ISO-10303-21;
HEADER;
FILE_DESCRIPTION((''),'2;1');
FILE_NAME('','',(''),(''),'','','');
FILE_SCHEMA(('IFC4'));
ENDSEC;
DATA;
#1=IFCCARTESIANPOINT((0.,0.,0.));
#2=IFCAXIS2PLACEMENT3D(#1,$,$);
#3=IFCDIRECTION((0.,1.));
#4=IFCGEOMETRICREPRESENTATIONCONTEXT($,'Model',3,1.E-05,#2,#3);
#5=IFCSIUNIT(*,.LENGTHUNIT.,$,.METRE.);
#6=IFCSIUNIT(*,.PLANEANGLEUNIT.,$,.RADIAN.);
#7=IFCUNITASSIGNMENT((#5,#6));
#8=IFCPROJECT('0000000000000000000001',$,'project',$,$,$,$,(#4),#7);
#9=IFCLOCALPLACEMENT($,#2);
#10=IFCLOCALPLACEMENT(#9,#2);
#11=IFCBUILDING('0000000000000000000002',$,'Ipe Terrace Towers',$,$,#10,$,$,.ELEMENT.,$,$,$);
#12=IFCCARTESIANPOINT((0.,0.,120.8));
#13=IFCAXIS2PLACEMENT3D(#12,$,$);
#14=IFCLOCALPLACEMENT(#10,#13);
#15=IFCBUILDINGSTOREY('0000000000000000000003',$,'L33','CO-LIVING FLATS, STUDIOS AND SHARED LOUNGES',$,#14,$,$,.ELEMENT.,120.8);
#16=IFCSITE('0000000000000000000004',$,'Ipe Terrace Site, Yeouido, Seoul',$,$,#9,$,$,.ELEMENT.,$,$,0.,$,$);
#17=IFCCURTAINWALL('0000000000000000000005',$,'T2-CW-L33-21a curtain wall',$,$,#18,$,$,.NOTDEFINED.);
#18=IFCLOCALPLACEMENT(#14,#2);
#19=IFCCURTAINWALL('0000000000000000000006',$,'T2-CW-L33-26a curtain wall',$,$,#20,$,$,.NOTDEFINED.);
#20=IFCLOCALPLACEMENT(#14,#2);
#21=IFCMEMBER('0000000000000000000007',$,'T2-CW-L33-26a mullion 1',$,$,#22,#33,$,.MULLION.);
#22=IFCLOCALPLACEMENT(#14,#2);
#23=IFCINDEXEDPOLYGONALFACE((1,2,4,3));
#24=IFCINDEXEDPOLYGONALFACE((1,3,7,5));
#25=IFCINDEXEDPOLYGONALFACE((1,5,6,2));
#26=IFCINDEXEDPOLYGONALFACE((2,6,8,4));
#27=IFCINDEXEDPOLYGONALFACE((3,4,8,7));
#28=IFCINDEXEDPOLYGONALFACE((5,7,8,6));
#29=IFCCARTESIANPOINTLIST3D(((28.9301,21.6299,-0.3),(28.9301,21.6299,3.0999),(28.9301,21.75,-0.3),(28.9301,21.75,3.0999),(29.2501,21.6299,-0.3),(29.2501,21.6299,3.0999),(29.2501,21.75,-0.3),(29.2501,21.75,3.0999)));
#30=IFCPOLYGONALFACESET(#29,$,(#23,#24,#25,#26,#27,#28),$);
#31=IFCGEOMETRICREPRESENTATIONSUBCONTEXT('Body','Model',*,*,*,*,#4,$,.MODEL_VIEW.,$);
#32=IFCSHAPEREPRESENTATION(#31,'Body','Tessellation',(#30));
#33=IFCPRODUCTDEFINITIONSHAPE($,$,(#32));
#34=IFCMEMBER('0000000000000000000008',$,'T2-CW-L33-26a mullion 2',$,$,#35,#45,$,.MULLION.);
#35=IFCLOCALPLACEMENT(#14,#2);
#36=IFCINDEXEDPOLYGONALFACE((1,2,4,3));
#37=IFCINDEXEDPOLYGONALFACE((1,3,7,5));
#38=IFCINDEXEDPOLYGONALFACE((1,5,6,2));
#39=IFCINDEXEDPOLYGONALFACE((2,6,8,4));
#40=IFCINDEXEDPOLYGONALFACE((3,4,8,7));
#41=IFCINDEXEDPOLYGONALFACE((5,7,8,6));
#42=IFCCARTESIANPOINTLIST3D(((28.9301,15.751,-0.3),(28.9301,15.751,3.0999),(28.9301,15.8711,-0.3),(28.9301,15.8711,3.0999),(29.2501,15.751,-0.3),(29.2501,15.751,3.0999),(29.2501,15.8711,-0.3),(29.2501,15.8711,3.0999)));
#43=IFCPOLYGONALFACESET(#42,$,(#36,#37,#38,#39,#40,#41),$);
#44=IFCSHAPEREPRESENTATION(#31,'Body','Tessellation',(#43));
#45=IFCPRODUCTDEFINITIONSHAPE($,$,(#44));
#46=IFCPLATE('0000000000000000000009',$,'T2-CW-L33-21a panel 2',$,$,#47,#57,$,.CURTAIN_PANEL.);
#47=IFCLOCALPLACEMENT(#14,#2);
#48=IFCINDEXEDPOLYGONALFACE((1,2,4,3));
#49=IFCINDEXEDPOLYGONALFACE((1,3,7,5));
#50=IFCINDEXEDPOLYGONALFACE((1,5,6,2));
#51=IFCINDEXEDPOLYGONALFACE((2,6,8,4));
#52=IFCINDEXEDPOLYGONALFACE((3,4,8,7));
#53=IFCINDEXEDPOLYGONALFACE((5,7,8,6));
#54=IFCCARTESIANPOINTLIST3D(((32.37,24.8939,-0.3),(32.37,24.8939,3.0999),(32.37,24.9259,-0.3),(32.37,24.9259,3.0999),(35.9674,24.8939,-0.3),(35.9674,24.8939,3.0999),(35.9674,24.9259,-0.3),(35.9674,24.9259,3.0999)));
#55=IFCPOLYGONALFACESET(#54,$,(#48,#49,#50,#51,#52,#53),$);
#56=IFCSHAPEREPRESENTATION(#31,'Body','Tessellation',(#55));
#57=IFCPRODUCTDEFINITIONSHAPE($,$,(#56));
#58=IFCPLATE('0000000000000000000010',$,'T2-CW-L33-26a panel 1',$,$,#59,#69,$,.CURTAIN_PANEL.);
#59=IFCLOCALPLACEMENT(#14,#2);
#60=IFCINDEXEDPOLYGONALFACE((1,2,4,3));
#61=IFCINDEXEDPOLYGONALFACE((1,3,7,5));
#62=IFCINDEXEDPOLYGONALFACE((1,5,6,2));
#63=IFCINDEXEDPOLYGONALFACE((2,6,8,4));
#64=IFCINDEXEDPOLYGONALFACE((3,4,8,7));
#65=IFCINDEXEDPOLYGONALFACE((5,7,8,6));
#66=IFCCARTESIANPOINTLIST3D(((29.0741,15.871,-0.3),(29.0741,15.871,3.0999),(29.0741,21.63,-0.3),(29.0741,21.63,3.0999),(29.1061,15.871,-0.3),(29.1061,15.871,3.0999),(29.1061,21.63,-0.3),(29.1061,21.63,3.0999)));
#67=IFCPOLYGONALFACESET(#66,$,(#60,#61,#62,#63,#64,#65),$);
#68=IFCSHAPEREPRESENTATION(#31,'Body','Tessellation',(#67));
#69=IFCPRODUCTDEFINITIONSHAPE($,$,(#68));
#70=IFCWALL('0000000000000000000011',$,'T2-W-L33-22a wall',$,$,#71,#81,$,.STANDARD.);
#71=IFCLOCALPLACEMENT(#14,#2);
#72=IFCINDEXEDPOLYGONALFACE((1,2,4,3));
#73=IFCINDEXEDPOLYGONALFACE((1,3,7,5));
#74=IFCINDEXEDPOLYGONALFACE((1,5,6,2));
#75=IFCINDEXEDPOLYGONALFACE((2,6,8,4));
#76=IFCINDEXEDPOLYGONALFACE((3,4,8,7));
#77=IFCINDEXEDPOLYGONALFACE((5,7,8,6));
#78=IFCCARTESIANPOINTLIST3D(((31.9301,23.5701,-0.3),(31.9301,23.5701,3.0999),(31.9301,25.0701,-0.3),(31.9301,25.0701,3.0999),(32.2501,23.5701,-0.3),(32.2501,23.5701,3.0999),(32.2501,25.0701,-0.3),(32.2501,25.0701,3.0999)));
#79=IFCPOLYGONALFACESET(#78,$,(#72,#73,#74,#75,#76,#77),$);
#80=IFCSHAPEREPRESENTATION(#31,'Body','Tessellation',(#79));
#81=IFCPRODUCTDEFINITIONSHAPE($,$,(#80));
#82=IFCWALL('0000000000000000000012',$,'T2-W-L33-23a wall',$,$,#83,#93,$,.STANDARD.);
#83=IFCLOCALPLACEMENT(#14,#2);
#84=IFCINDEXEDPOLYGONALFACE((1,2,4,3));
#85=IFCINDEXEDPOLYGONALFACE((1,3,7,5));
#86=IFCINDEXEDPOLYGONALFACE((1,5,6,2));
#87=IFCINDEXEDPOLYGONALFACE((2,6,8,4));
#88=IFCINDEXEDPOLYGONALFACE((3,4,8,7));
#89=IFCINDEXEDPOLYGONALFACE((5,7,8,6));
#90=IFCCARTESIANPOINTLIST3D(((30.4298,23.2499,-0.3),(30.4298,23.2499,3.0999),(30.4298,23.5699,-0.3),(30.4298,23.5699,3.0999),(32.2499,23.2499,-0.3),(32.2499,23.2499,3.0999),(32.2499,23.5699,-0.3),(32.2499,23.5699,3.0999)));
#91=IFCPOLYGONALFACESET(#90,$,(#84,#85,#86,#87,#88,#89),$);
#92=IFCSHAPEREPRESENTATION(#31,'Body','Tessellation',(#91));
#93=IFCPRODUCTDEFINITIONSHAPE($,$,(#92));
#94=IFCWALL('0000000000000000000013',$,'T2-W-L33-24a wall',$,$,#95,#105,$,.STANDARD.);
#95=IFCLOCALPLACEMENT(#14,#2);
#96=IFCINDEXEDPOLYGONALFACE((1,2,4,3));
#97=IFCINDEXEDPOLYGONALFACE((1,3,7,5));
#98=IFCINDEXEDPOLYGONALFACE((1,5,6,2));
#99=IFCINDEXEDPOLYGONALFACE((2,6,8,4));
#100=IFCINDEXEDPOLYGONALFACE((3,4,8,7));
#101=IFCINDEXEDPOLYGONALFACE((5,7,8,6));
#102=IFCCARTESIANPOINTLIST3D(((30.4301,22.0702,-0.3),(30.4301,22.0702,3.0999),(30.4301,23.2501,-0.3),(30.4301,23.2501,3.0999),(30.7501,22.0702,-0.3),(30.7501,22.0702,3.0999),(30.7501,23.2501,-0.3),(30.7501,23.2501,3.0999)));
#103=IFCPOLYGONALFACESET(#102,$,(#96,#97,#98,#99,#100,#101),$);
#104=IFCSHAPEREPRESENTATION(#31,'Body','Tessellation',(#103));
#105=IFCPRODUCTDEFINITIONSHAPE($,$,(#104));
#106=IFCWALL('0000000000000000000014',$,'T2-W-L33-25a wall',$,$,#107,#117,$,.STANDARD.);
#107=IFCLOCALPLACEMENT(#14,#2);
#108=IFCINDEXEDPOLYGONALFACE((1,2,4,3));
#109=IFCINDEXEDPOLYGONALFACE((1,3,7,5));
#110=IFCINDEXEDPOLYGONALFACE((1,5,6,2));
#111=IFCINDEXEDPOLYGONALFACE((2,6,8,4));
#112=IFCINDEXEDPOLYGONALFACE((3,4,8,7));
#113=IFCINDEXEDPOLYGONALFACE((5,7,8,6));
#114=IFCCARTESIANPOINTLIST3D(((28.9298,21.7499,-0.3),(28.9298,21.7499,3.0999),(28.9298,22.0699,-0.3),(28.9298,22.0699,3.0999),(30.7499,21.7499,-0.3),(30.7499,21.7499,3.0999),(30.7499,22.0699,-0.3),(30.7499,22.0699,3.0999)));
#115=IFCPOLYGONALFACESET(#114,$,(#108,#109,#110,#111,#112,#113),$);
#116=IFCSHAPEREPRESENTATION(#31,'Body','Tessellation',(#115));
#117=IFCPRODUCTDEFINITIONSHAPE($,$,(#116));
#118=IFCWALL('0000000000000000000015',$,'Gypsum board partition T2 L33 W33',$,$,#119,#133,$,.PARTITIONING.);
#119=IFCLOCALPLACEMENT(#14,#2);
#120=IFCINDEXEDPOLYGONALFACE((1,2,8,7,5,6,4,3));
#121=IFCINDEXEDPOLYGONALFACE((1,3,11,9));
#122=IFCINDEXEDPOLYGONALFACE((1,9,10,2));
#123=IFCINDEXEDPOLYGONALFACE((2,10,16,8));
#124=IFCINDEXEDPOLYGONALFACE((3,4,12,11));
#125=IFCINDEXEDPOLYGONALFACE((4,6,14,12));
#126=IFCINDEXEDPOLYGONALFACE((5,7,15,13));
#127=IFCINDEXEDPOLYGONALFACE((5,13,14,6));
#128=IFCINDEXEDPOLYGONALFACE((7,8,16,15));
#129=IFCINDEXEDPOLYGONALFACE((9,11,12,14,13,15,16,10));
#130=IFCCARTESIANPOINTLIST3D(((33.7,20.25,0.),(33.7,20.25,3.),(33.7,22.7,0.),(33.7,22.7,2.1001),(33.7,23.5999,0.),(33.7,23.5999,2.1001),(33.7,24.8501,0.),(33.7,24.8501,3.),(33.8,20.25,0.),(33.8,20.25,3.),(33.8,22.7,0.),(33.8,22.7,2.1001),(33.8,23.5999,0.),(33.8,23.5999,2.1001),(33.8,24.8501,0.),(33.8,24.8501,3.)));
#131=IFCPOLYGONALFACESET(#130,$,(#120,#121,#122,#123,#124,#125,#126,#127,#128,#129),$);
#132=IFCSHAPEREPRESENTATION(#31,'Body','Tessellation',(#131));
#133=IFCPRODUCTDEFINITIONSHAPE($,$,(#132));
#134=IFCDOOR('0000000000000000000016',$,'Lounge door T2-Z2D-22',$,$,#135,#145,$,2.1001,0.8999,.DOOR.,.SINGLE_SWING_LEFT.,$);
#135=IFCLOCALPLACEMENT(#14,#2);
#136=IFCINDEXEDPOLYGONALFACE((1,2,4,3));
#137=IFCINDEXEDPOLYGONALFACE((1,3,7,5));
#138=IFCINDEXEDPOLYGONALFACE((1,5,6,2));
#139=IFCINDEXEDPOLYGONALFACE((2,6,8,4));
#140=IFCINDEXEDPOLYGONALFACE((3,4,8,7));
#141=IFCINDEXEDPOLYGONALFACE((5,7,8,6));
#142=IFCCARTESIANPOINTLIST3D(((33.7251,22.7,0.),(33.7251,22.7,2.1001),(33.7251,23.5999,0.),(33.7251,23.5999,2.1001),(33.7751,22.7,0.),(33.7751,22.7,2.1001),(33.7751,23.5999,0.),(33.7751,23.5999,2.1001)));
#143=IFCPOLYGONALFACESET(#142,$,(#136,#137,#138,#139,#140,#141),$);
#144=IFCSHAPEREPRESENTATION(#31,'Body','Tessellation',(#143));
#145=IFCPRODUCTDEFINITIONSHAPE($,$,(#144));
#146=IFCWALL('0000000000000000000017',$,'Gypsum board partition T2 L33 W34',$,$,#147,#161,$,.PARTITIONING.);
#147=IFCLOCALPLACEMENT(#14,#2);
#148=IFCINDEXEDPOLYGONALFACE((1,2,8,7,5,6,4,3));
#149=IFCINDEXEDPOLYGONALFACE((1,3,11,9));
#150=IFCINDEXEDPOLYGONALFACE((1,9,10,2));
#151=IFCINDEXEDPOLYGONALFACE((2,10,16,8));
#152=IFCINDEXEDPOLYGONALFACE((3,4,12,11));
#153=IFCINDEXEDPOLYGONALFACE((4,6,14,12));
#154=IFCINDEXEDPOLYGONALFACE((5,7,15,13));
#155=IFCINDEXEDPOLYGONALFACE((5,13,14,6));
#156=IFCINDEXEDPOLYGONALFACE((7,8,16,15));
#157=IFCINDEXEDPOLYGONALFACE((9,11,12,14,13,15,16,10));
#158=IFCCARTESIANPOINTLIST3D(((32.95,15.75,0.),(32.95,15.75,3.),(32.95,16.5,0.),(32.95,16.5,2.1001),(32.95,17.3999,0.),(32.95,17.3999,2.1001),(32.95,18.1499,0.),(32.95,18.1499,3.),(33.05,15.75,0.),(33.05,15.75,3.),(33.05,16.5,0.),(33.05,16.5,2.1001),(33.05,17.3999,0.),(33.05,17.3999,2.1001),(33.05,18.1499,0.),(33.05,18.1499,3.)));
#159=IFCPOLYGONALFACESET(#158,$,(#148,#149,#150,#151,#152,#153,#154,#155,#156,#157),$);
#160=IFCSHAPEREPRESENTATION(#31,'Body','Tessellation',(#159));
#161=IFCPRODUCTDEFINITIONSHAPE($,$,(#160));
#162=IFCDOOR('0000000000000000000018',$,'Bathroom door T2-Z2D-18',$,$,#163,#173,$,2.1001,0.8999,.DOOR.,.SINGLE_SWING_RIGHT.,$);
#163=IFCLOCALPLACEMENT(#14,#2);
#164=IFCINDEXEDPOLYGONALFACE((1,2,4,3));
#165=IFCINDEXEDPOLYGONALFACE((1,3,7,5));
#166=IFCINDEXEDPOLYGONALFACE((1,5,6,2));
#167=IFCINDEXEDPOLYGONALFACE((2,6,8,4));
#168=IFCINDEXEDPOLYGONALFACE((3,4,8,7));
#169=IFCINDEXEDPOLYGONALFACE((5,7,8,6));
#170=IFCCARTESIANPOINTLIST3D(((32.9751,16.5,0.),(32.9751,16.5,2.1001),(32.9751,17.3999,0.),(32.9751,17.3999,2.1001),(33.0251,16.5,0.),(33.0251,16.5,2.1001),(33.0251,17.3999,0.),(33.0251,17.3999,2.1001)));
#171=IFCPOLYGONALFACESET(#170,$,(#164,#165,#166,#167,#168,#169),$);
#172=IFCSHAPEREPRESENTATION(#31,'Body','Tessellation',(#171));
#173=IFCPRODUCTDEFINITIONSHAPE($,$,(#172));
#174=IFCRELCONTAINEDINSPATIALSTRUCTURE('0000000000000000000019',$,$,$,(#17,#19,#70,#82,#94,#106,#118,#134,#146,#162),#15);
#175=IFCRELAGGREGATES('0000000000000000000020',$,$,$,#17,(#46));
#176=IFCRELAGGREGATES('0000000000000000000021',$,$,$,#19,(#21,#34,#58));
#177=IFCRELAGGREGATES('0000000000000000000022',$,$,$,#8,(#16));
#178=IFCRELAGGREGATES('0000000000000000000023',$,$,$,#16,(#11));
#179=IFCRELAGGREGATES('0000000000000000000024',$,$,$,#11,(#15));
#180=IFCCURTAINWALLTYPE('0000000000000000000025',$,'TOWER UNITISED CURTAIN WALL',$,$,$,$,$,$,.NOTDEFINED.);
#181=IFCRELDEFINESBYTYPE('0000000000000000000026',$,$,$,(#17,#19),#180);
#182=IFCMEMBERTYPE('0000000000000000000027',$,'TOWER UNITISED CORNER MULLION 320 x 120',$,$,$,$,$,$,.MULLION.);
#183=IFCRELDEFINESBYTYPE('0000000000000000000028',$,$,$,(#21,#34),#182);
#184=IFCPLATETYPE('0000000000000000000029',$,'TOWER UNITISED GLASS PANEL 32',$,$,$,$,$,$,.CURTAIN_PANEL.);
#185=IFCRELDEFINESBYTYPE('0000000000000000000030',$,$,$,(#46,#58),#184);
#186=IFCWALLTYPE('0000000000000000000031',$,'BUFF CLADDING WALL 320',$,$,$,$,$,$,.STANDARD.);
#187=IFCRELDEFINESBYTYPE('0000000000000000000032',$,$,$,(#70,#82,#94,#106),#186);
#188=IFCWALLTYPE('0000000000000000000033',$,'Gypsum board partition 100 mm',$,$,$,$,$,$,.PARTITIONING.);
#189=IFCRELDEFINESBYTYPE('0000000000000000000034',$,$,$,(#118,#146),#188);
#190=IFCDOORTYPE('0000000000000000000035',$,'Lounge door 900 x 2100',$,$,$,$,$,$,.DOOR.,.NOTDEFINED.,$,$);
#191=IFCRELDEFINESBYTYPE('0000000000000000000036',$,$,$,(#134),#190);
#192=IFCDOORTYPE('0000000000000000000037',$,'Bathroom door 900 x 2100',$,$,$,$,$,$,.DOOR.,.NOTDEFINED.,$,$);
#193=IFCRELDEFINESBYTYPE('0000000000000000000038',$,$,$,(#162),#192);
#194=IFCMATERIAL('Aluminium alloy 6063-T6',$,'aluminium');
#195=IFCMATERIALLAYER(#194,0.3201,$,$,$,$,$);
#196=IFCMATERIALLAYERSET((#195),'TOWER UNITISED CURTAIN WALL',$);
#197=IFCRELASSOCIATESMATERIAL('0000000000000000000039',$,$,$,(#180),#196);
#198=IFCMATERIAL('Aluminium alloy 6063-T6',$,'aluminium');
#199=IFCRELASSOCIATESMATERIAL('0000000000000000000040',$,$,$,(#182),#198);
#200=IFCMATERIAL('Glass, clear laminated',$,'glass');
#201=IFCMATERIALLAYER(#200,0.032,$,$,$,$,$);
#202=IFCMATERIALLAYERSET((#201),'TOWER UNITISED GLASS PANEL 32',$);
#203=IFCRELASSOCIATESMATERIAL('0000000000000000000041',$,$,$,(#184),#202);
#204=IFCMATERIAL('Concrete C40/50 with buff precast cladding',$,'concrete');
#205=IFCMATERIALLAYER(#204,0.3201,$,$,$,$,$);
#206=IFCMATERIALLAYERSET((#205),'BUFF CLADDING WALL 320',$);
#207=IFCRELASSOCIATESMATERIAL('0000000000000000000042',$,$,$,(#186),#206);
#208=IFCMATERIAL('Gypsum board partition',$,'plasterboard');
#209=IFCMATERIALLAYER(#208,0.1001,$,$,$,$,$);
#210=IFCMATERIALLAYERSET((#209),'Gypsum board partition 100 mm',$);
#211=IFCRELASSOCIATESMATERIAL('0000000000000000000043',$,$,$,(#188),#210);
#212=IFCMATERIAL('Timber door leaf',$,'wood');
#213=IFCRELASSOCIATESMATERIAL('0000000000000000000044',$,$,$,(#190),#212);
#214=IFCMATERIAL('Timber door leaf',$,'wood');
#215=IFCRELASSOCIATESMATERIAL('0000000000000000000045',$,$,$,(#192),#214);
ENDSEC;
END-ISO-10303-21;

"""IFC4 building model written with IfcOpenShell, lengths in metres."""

from ifc_helpers import new_model, si_unit, direction, frame, frame_2d, origin, origin_2d, place, context, subcontext, project, spatial, rectangle, extrude, material, layer, layer_set, material_profile, profile_set, type_object, element, fill, aggregate, save


model = new_model("IFC4")

# Units and contexts
model_context = context("Model", 3, precision=1e-05, world=origin(), true_north=direction((0.0, 1.0)))
body_context = subcontext(model_context, "Body", "Model", "MODEL_VIEW")
ifc_project = project(units=[si_unit("LENGTHUNIT", "METRE"), si_unit("PLANEANGLEUNIT", "RADIAN")], contexts=[model_context])

# Site, building, storey
site_placement = place(None, origin())
site = spatial("IfcSite", under=ifc_project, at=site_placement, Name="Ipe Terrace Site, Yeouido, Seoul", CompositionType="ELEMENT", RefElevation=0.0)
building_placement = place(site_placement, origin())
building = spatial("IfcBuilding", under=site, at=building_placement, Name="Ipe Terrace Towers", CompositionType="ELEMENT")
storey_placement = place(building_placement, frame((0.0, 0.0, 120.8)))
storey = spatial("IfcBuildingStorey", under=building, at=storey_placement, Name="L33", Description="CO-LIVING FLATS, STUDIOS AND SHARED LOUNGES", CompositionType="ELEMENT", Elevation=120.8)

# Curtain wall
ifc_material_1 = material(Name="Aluminium alloy 6063-T6", Category="aluminium")
ifc_layer_1 = layer(ifc_material_1, 0.3201)
ifc_layer_set_1 = layer_set([ifc_layer_1], Name="TOWER UNITISED CURTAIN WALL")
curtain_wall_type = type_object("IfcCurtainWallType", Name="TOWER UNITISED CURTAIN WALL", PredefinedType="NOTDEFINED", material=ifc_layer_set_1)
curtain_wall_1_placement = place(storey_placement, origin())
curtain_wall_1 = element("IfcCurtainWall", 1, at=curtain_wall_1_placement, inside=storey, type_object=curtain_wall_type, Name="T2-CW-L33-21a curtain wall", PredefinedType="NOTDEFINED")
ifc_material_2 = material(Name="Aluminium alloy 6063-T6", Category="aluminium")
ifc_material_profile_1 = material_profile(ifc_material_2, rectangle(XDim=0.3201, YDim=0.1201, at=origin_2d()), Name="TOWER UNITISED CORNER MULLION 320 x 120")
ifc_profile_set_1 = profile_set([ifc_material_profile_1], Name="Aluminium alloy 6063-T6")
member_type = type_object("IfcMemberType", Name="TOWER UNITISED CORNER MULLION 320 x 120", PredefinedType="MULLION", material=ifc_profile_set_1)

# Curtain wall, members
curtain_wall_2_placement = place(storey_placement, origin())
curtain_wall_2 = element("IfcCurtainWall", 2, at=curtain_wall_2_placement, inside=storey, type_object=curtain_wall_type, Name="T2-CW-L33-26a curtain wall", PredefinedType="NOTDEFINED")
member_1_placement = place(storey_placement, frame((29.0901, 21.6899, -0.3), z_axis=(0.0, 0.0, 1.0), x_axis=(-1.0, 0.0, 0.0)))
member_1 = element("IfcMember", 3, at=member_1_placement, type_object=member_type, Name="T2-CW-L33-26a mullion 1", PredefinedType="MULLION", context=body_context, shape_type="SweptSolid", body=[
    extrude(rectangle(XDim=0.3201, YDim=0.1201, at=origin_2d()), origin(), (0.0, 0.0, 1.0), 3.3999),
])
member_2_placement = place(storey_placement, frame((29.0901, 15.811, -0.3), z_axis=(0.0, 0.0, 1.0), x_axis=(-1.0, 0.0, 0.0)))
member_2 = element("IfcMember", 4, at=member_2_placement, type_object=member_type, Name="T2-CW-L33-26a mullion 2", PredefinedType="MULLION", context=body_context, shape_type="SweptSolid", body=[
    extrude(rectangle(XDim=0.3201, YDim=0.1201, at=origin_2d()), origin(), (0.0, 0.0, 1.0), 3.3999),
])

# Plates
ifc_material_3 = material(Name="Glass, clear laminated", Category="glass")
ifc_layer_2 = layer(ifc_material_3, 0.032)
ifc_layer_set_2 = layer_set([ifc_layer_2], Name="TOWER UNITISED GLASS PANEL 32")
plate_type = type_object("IfcPlateType", Name="TOWER UNITISED GLASS PANEL 32", PredefinedType="CURTAIN_PANEL", material=ifc_layer_set_2)
plate_1_placement = place(storey_placement, frame((34.1687, 24.9099, -0.3), z_axis=(0.0, 0.0, 1.0), x_axis=(-1.0, 0.0, 0.0)))
plate_1 = element("IfcPlate", 5, at=plate_1_placement, type_object=plate_type, Name="T2-CW-L33-21a panel 2", PredefinedType="CURTAIN_PANEL", context=body_context, shape_type="SweptSolid", body=[
    extrude(rectangle(XDim=3.5974, YDim=0.032, at=origin_2d()), origin(), (0.0, 0.0, 1.0), 3.3999),
])
aggregate(curtain_wall_1, [plate_1])
plate_2_placement = place(storey_placement, frame((29.0901, 18.7505, -0.3), z_axis=(0.0, 0.0, 1.0), x_axis=(0.0, -1.0, 0.0)))
plate_2 = element("IfcPlate", 6, at=plate_2_placement, type_object=plate_type, Name="T2-CW-L33-26a panel 1", PredefinedType="CURTAIN_PANEL", context=body_context, shape_type="SweptSolid", body=[
    extrude(rectangle(XDim=5.759, YDim=0.032, at=origin_2d()), origin(), (0.0, 0.0, 1.0), 3.3999),
])
aggregate(curtain_wall_2, [member_1, member_2, plate_2])

# Walls
ifc_material_4 = material(Name="Concrete C40/50 with buff precast cladding", Category="concrete")
ifc_layer_3 = layer(ifc_material_4, 0.3201)
ifc_layer_set_3 = layer_set([ifc_layer_3], Name="BUFF CLADDING WALL 320")
wall_type_1 = type_object("IfcWallType", Name="BUFF CLADDING WALL 320", PredefinedType="STANDARD", material=ifc_layer_set_3)
wall_1_placement = place(storey_placement, frame((32.0901, 25.0701, -0.3), z_axis=(0.0, 0.0, 1.0), x_axis=(0.0, -1.0, 0.0)))
element("IfcWall", 7, at=wall_1_placement, inside=storey, type_object=wall_type_1, Name="T2-W-L33-22a wall", PredefinedType="STANDARD", context=body_context, shape_type="SweptSolid", body=[
    extrude(rectangle(XDim=1.5, YDim=0.3201, at=frame_2d((0.75, 0.0))), origin(), (0.0, 0.0, 1.0), 3.3999),
])
wall_2_placement = place(storey_placement, frame((32.25, 23.4099, -0.3), z_axis=(0.0, 0.0, 1.0), x_axis=(-1.0, 0.0, 0.0)))
element("IfcWall", 8, at=wall_2_placement, inside=storey, type_object=wall_type_1, Name="T2-W-L33-23a wall", PredefinedType="STANDARD", context=body_context, shape_type="SweptSolid", body=[
    extrude(rectangle(XDim=1.8201, YDim=0.3201, at=frame_2d((0.9102, 0.0))), origin(), (0.0, 0.0, 1.0), 3.3999),
])
wall_3_placement = place(storey_placement, frame((30.5901, 23.25, -0.3), z_axis=(0.0, 0.0, 1.0), x_axis=(0.0, -1.0, 0.0)))
element("IfcWall", 9, at=wall_3_placement, inside=storey, type_object=wall_type_1, Name="T2-W-L33-24a wall", PredefinedType="STANDARD", context=body_context, shape_type="SweptSolid", body=[
    extrude(rectangle(XDim=1.1799, YDim=0.3201, at=frame_2d((0.5898, 0.0))), origin(), (0.0, 0.0, 1.0), 3.3999),
])
wall_4_placement = place(storey_placement, frame((30.75, 21.9099, -0.3), z_axis=(0.0, 0.0, 1.0), x_axis=(-1.0, 0.0, 0.0)))
element("IfcWall", 10, at=wall_4_placement, inside=storey, type_object=wall_type_1, Name="T2-W-L33-25a wall", PredefinedType="STANDARD", context=body_context, shape_type="SweptSolid", body=[
    extrude(rectangle(XDim=1.8201, YDim=0.3201, at=frame_2d((0.9102, 0.0))), origin(), (0.0, 0.0, 1.0), 3.3999),
])

# Walls, openings, doors
ifc_material_5 = material(Name="Gypsum board partition", Category="plasterboard")
ifc_layer_4 = layer(ifc_material_5, 0.1001)
ifc_layer_set_4 = layer_set([ifc_layer_4], Name="Gypsum board partition 100 mm")
wall_type_2 = type_object("IfcWallType", Name="Gypsum board partition 100 mm", PredefinedType="PARTITIONING", material=ifc_layer_set_4)
wall_5_placement = place(storey_placement, frame((33.75, 20.25, 0.0), z_axis=(0.0, 0.0, 1.0), x_axis=(0.0, 1.0, 0.0)))
wall_5 = element("IfcWall", 11, at=wall_5_placement, inside=storey, type_object=wall_type_2, Name="Gypsum board partition T2 L33 W33", PredefinedType="PARTITIONING", context=body_context, shape_type="SweptSolid", body=[
    extrude(rectangle(XDim=4.6001, YDim=0.1001, at=frame_2d((2.3, 0.0))), origin(), (0.0, 0.0, 1.0), 3.0),
])
opening_1_placement = place(wall_5_placement, frame((2.45, 0.0, 0.0)))
opening_1 = element("IfcOpeningElement", 12, at=opening_1_placement, cuts=wall_5, PredefinedType="OPENING", context=body_context, shape_type="SweptSolid", body=[
    extrude(rectangle(XDim=0.8999, YDim=2.1001, at=frame_2d((0.45, 1.05))), frame((0.0, 0.0601, 0.0), z_axis=(0.0, -1.0, 0.0), x_axis=(1.0, 0.0, 0.0)), (0.0, 0.0, 1.0), 0.1201),
])
ifc_material_6 = material(Name="Timber door leaf", Category="wood")
door_type_1 = type_object("IfcDoorType", Name="Lounge door 900 x 2100", OperationType="NOTDEFINED", PredefinedType="DOOR", material=ifc_material_6)
door_1_placement = place(opening_1_placement, origin())
door_1 = element("IfcDoor", 13, at=door_1_placement, inside=storey, type_object=door_type_1, Name="Lounge door T2-Z2D-22", OperationType="SINGLE_SWING_LEFT", OverallHeight=2.1001, OverallWidth=0.8999, PredefinedType="DOOR", context=body_context, shape_type="SweptSolid", body=[
    extrude(rectangle(XDim=0.8999, YDim=2.1001, at=frame_2d((0.45, 1.05))), frame((0.0, 0.0249, 0.0), z_axis=(0.0, -1.0, 0.0), x_axis=(1.0, 0.0, 0.0)), (0.0, 0.0, 1.0), 0.05),
])
fill(opening_1, door_1)
wall_6_placement = place(storey_placement, frame((33.0, 15.75, 0.0), z_axis=(0.0, 0.0, 1.0), x_axis=(0.0, 1.0, 0.0)))
wall_6 = element("IfcWall", 14, at=wall_6_placement, inside=storey, type_object=wall_type_2, Name="Gypsum board partition T2 L33 W34", PredefinedType="PARTITIONING", context=body_context, shape_type="SweptSolid", body=[
    extrude(rectangle(XDim=2.3999, YDim=0.1001, at=frame_2d((1.2, 0.0))), origin(), (0.0, 0.0, 1.0), 3.0),
])
opening_2_placement = place(wall_6_placement, frame((0.75, 0.0, 0.0)))
opening_2 = element("IfcOpeningElement", 15, at=opening_2_placement, cuts=wall_6, PredefinedType="OPENING", context=body_context, shape_type="SweptSolid", body=[
    extrude(rectangle(XDim=0.8999, YDim=2.1001, at=frame_2d((0.45, 1.05))), frame((0.0, 0.0601, 0.0), z_axis=(0.0, -1.0, 0.0), x_axis=(1.0, 0.0, 0.0)), (0.0, 0.0, 1.0), 0.1201),
])
ifc_material_7 = material(Name="Timber door leaf", Category="wood")
door_type_2 = type_object("IfcDoorType", Name="Bathroom door 900 x 2100", OperationType="NOTDEFINED", PredefinedType="DOOR", material=ifc_material_7)
door_2_placement = place(opening_2_placement, origin())
door_2 = element("IfcDoor", 16, at=door_2_placement, inside=storey, type_object=door_type_2, Name="Bathroom door T2-Z2D-18", OperationType="SINGLE_SWING_RIGHT", OverallHeight=2.1001, OverallWidth=0.8999, PredefinedType="DOOR", context=body_context, shape_type="SweptSolid", body=[
    extrude(rectangle(XDim=0.8999, YDim=2.1001, at=frame_2d((0.45, 1.05))), frame((0.0, 0.0249, 0.0), z_axis=(0.0, -1.0, 0.0), x_axis=(1.0, 0.0, 0.0)), (0.0, 0.0, 1.0), 0.05),
])
fill(opening_2, door_2)

save(model, "model.ifc")
